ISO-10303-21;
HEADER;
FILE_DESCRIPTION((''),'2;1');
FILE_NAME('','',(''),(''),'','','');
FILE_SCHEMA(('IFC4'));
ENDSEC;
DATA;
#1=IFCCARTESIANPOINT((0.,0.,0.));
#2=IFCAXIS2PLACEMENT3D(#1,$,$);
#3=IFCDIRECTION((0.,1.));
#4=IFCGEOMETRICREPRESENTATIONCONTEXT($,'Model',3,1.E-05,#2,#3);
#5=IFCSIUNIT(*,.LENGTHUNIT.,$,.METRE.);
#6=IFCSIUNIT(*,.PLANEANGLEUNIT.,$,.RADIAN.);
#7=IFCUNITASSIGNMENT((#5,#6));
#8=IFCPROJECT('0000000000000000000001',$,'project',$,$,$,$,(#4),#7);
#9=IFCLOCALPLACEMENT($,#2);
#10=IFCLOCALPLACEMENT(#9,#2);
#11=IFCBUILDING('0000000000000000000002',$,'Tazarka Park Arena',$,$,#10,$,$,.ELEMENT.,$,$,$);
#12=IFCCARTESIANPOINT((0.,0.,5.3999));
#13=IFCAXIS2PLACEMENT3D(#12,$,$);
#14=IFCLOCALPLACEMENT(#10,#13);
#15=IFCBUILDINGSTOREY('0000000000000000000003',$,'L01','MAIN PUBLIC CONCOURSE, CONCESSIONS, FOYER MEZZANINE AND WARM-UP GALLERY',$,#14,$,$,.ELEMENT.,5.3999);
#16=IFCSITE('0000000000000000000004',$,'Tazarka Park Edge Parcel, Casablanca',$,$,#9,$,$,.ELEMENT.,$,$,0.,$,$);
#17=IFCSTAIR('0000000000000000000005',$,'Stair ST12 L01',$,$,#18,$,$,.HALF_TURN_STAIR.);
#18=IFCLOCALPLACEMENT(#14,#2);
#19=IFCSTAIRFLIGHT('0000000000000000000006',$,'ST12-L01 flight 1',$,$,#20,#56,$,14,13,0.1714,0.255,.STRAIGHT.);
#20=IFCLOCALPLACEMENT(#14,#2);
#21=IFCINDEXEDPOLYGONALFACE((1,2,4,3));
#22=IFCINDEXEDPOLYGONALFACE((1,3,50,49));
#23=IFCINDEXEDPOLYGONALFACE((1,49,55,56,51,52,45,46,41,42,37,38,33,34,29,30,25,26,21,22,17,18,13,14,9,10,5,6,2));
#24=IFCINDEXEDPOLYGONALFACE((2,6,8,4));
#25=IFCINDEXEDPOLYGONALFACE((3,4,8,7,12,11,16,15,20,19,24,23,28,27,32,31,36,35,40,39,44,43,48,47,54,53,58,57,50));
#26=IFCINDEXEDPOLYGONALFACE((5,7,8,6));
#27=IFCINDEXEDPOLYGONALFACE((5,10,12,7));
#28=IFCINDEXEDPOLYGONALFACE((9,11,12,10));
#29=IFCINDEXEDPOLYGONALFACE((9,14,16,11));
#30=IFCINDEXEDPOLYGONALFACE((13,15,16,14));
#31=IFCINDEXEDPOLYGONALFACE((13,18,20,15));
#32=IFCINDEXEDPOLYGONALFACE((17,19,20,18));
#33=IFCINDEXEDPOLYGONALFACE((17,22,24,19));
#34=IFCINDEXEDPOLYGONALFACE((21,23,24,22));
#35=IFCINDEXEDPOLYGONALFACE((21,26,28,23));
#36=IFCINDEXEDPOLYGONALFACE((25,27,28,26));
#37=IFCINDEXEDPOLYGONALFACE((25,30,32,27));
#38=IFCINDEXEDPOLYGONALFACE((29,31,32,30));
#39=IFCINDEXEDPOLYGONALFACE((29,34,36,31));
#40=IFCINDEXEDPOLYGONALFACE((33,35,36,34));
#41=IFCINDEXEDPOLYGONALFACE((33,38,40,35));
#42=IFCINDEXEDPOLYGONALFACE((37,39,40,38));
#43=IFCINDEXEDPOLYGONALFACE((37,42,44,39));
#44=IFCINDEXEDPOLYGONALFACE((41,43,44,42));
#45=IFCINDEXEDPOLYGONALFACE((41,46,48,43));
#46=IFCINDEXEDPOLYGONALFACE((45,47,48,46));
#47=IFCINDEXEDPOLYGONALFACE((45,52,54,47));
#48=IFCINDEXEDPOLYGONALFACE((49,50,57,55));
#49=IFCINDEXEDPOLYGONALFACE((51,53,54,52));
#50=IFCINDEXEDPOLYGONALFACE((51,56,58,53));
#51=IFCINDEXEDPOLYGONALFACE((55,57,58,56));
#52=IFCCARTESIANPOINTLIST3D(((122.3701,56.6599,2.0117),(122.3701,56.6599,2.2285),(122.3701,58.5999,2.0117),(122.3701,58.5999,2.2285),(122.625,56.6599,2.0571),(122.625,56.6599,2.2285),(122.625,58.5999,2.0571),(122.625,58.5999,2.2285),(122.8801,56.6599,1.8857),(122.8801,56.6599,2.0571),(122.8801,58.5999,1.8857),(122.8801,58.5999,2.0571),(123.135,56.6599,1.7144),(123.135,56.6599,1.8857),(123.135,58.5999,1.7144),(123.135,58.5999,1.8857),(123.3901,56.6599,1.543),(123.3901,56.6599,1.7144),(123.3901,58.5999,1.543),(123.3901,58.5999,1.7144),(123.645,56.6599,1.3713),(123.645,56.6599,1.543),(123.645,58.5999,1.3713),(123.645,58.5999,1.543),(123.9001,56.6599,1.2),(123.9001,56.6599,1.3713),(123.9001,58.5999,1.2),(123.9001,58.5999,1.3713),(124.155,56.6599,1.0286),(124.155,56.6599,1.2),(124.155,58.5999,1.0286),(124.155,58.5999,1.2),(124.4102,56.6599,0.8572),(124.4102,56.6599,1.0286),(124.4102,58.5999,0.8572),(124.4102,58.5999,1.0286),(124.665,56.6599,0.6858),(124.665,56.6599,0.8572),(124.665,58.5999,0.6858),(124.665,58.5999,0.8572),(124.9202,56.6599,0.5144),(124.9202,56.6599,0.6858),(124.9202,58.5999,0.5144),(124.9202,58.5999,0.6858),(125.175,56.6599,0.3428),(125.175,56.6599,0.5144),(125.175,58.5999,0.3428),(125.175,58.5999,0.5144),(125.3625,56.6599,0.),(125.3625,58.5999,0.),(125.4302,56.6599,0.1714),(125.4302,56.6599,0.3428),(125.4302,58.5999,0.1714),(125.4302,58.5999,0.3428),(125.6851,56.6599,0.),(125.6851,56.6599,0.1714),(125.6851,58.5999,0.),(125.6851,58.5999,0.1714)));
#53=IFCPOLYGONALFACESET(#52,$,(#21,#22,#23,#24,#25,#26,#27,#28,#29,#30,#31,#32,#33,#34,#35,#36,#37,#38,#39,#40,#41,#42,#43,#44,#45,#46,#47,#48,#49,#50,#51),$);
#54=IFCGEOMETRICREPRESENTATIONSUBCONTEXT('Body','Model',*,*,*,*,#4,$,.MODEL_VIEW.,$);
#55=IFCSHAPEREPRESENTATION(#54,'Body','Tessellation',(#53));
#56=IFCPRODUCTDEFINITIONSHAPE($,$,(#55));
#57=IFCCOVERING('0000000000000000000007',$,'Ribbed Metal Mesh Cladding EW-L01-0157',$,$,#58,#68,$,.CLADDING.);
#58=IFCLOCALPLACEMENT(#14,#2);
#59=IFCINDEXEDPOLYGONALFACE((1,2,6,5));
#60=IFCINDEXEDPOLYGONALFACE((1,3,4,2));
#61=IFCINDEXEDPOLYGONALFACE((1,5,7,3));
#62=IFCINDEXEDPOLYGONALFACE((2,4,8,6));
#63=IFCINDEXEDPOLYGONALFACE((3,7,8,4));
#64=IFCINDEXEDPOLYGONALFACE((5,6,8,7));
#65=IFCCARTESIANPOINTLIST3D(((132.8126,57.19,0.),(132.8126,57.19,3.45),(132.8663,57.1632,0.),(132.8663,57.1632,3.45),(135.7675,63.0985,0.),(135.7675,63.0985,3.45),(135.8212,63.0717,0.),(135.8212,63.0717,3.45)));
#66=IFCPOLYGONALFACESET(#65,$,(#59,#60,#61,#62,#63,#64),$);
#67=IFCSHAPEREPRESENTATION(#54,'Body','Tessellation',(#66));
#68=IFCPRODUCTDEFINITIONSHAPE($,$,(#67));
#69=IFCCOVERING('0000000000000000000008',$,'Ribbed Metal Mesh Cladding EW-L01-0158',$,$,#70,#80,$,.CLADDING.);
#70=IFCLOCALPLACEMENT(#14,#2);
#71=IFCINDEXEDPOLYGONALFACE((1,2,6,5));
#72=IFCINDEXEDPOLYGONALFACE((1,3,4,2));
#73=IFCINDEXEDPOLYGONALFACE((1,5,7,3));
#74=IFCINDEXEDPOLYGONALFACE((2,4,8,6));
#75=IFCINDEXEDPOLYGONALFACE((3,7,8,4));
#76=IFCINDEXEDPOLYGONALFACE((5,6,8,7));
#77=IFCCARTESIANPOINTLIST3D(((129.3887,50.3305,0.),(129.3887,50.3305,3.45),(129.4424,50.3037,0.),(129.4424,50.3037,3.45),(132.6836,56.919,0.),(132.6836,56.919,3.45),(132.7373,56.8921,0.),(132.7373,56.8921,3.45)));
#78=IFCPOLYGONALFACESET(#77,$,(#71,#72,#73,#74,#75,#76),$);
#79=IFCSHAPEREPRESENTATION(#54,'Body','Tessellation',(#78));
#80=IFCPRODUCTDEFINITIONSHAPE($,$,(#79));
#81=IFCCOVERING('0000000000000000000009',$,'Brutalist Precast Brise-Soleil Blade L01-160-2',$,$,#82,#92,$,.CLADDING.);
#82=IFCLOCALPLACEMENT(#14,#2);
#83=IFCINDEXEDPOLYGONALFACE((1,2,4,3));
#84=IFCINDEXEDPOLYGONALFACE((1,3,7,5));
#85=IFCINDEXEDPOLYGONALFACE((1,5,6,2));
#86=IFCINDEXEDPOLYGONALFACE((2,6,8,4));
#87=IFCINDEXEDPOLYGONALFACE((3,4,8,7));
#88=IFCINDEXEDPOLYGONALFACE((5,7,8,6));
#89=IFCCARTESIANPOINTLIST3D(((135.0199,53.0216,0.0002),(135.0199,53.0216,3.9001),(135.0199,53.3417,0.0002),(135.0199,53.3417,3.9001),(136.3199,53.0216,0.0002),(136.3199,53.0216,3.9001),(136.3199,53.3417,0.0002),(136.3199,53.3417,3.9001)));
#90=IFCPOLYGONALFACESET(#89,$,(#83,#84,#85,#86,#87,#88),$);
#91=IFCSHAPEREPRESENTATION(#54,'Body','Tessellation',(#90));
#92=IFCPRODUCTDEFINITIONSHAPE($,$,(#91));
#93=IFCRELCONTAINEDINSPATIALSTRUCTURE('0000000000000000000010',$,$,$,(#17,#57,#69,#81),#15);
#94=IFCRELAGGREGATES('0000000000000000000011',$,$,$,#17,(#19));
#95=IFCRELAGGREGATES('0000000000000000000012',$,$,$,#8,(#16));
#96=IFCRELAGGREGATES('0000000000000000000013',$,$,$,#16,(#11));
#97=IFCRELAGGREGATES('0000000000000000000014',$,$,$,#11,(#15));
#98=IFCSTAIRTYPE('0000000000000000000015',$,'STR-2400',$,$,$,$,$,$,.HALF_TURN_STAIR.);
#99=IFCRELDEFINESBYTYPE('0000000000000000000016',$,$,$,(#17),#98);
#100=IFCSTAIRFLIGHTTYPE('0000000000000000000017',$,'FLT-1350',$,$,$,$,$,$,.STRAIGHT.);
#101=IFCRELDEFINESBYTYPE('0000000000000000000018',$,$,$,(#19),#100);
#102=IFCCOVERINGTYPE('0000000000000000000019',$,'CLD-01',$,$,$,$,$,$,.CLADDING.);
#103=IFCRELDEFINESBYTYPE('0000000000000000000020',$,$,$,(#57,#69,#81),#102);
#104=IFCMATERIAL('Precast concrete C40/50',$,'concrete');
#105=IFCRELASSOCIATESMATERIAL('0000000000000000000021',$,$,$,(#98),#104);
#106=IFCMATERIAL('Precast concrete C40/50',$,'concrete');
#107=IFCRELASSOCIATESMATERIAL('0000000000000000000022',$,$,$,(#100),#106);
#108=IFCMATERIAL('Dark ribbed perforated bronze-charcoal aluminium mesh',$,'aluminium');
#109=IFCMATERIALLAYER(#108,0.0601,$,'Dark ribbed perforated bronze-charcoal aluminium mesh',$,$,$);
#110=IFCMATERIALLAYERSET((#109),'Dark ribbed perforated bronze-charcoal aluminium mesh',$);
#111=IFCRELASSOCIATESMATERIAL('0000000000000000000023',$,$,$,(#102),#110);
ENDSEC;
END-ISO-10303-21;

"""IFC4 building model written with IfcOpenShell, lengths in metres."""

from ifc_helpers import new_model, si_unit, direction, frame, origin, origin_2d, place, context, subcontext, project, spatial, polyline, rectangle, outline, extrude, material, layer, layer_set, type_object, element, aggregate, save


model = new_model("IFC4")

# Units and contexts
model_context = context("Model", 3, precision=1e-05, world=origin(), true_north=direction((0.0, 1.0)))
body_context = subcontext(model_context, "Body", "Model", "MODEL_VIEW")
ifc_project = project(units=[si_unit("LENGTHUNIT", "METRE"), si_unit("PLANEANGLEUNIT", "RADIAN")], contexts=[model_context])

# Site, building, storey
site_placement = place(None, origin())
site = spatial("IfcSite", under=ifc_project, at=site_placement, Name="Tazarka Park Edge Parcel, Casablanca", CompositionType="ELEMENT", RefElevation=0.0)
building_placement = place(site_placement, origin())
building = spatial("IfcBuilding", under=site, at=building_placement, Name="Tazarka Park Arena", CompositionType="ELEMENT")
storey_placement = place(building_placement, frame((0.0, 0.0, 5.3999)))
storey = spatial("IfcBuildingStorey", under=building, at=storey_placement, Name="L01", Description="MAIN PUBLIC CONCOURSE, CONCESSIONS, FOYER MEZZANINE AND WARM-UP GALLERY", CompositionType="ELEMENT", Elevation=5.3999)

# Stair, stair flight
ifc_material_1 = material(Name="Precast concrete C40/50", Category="concrete")
stair_type = type_object("IfcStairType", Name="STR-2400", PredefinedType="HALF_TURN_STAIR", material=ifc_material_1)
stair_placement = place(storey_placement, origin())
stair = element("IfcStair", 1, at=stair_placement, inside=storey, type_object=stair_type, Name="Stair ST12 L01", PredefinedType="HALF_TURN_STAIR")
ifc_material_2 = material(Name="Precast concrete C40/50", Category="concrete")
stair_flight_type = type_object("IfcStairFlightType", Name="FLT-1350", PredefinedType="STRAIGHT", material=ifc_material_2)
stair_flight_placement = place(storey_placement, frame((125.6851, 57.6299, 0.0), z_axis=(0.0, 0.0, 1.0), x_axis=(-1.0, 0.0, 0.0)))
stair_flight = element("IfcStairFlight", 2, at=stair_flight_placement, type_object=stair_flight_type, Name="ST12-L01 flight 1", NumberOfRisers=14, NumberOfTreads=13, PredefinedType="STRAIGHT", RiserHeight=0.1714, TreadLength=0.255, context=body_context, shape_type="SweptSolid", body=[
    extrude(outline(polyline([(0.0, 0.0), (0.0, 0.1714), (0.2549, 0.1714), (0.2549, 0.3428), (0.51, 0.3428), (0.51, 0.5144), (0.7649, 0.5144), (0.7649, 0.6858), (1.02, 0.6858), (1.02, 0.8572), (1.2749, 0.8572), (1.2749, 1.0286), (1.53, 1.0286), (1.53, 1.2), (1.7849, 1.2), (1.7849, 1.3713), (2.04, 1.3713), (2.04, 1.543), (2.2949, 1.543), (2.2949, 1.7144), (2.55, 1.7144), (2.55, 1.8857), (2.8049, 1.8857), (2.8049, 2.0571), (3.0601, 2.0571), (3.0601, 2.2285), (3.3149, 2.2285), (3.3149, 2.3999), (3.3149, 2.0117), (0.3225, 0.0), (0.0, 0.0)])), frame((0.0, 0.97, 0.0), z_axis=(0.0, -1.0, 0.0), x_axis=(1.0, 0.0, 0.0)), (0.0, 0.0, 1.0), 1.9399),
])
aggregate(stair, [stair_flight])

# Coverings
ifc_material_3 = material(Name="Dark ribbed perforated bronze-charcoal aluminium mesh", Category="aluminium")
ifc_layer_1 = layer(ifc_material_3, 0.0601, Name="Dark ribbed perforated bronze-charcoal aluminium mesh")
ifc_layer_set_1 = layer_set([ifc_layer_1], Name="Dark ribbed perforated bronze-charcoal aluminium mesh")
covering_type = type_object("IfcCoveringType", Name="CLD-01", PredefinedType="CLADDING", material=ifc_layer_set_1)
covering_1_placement = place(storey_placement, frame((134.3169, 60.1309, 0.0), z_axis=(0.0, 0.0, 1.0), x_axis=(-0.447291, -0.894389, 0.0)))
element("IfcCovering", 3, at=covering_1_placement, inside=storey, type_object=covering_type, Name="Ribbed Metal Mesh Cladding EW-L01-0157", PredefinedType="CLADDING", context=body_context, shape_type="SweptSolid", body=[
    extrude(rectangle(XDim=6.6062, YDim=0.0601, at=origin_2d()), origin(), (0.0, 0.0, 1.0), 3.45),
])
covering_2_placement = place(storey_placement, frame((131.063, 53.6113, 0.0), z_axis=(0.0, 0.0, 1.0), x_axis=(-0.447291, -0.894389, 0.0)))
element("IfcCovering", 4, at=covering_2_placement, inside=storey, type_object=covering_type, Name="Ribbed Metal Mesh Cladding EW-L01-0158", PredefinedType="CLADDING", context=body_context, shape_type="SweptSolid", body=[
    extrude(rectangle(XDim=7.3665, YDim=0.0601, at=origin_2d()), origin(), (0.0, 0.0, 1.0), 3.45),
])
covering_3_placement = place(storey_placement, frame((135.6699, 53.1816, 0.0002), z_axis=(0.0, 0.0, 1.0), x_axis=(0.0, 1.0, 0.0)))
element("IfcCovering", 5, at=covering_3_placement, inside=storey, type_object=covering_type, Name="Brutalist Precast Brise-Soleil Blade L01-160-2", PredefinedType="CLADDING", context=body_context, shape_type="SweptSolid", body=[
    extrude(rectangle(XDim=0.3201, YDim=1.3, at=origin_2d()), origin(), (0.0, 0.0, 1.0), 3.8999),
])

save(model, "model.ifc")
